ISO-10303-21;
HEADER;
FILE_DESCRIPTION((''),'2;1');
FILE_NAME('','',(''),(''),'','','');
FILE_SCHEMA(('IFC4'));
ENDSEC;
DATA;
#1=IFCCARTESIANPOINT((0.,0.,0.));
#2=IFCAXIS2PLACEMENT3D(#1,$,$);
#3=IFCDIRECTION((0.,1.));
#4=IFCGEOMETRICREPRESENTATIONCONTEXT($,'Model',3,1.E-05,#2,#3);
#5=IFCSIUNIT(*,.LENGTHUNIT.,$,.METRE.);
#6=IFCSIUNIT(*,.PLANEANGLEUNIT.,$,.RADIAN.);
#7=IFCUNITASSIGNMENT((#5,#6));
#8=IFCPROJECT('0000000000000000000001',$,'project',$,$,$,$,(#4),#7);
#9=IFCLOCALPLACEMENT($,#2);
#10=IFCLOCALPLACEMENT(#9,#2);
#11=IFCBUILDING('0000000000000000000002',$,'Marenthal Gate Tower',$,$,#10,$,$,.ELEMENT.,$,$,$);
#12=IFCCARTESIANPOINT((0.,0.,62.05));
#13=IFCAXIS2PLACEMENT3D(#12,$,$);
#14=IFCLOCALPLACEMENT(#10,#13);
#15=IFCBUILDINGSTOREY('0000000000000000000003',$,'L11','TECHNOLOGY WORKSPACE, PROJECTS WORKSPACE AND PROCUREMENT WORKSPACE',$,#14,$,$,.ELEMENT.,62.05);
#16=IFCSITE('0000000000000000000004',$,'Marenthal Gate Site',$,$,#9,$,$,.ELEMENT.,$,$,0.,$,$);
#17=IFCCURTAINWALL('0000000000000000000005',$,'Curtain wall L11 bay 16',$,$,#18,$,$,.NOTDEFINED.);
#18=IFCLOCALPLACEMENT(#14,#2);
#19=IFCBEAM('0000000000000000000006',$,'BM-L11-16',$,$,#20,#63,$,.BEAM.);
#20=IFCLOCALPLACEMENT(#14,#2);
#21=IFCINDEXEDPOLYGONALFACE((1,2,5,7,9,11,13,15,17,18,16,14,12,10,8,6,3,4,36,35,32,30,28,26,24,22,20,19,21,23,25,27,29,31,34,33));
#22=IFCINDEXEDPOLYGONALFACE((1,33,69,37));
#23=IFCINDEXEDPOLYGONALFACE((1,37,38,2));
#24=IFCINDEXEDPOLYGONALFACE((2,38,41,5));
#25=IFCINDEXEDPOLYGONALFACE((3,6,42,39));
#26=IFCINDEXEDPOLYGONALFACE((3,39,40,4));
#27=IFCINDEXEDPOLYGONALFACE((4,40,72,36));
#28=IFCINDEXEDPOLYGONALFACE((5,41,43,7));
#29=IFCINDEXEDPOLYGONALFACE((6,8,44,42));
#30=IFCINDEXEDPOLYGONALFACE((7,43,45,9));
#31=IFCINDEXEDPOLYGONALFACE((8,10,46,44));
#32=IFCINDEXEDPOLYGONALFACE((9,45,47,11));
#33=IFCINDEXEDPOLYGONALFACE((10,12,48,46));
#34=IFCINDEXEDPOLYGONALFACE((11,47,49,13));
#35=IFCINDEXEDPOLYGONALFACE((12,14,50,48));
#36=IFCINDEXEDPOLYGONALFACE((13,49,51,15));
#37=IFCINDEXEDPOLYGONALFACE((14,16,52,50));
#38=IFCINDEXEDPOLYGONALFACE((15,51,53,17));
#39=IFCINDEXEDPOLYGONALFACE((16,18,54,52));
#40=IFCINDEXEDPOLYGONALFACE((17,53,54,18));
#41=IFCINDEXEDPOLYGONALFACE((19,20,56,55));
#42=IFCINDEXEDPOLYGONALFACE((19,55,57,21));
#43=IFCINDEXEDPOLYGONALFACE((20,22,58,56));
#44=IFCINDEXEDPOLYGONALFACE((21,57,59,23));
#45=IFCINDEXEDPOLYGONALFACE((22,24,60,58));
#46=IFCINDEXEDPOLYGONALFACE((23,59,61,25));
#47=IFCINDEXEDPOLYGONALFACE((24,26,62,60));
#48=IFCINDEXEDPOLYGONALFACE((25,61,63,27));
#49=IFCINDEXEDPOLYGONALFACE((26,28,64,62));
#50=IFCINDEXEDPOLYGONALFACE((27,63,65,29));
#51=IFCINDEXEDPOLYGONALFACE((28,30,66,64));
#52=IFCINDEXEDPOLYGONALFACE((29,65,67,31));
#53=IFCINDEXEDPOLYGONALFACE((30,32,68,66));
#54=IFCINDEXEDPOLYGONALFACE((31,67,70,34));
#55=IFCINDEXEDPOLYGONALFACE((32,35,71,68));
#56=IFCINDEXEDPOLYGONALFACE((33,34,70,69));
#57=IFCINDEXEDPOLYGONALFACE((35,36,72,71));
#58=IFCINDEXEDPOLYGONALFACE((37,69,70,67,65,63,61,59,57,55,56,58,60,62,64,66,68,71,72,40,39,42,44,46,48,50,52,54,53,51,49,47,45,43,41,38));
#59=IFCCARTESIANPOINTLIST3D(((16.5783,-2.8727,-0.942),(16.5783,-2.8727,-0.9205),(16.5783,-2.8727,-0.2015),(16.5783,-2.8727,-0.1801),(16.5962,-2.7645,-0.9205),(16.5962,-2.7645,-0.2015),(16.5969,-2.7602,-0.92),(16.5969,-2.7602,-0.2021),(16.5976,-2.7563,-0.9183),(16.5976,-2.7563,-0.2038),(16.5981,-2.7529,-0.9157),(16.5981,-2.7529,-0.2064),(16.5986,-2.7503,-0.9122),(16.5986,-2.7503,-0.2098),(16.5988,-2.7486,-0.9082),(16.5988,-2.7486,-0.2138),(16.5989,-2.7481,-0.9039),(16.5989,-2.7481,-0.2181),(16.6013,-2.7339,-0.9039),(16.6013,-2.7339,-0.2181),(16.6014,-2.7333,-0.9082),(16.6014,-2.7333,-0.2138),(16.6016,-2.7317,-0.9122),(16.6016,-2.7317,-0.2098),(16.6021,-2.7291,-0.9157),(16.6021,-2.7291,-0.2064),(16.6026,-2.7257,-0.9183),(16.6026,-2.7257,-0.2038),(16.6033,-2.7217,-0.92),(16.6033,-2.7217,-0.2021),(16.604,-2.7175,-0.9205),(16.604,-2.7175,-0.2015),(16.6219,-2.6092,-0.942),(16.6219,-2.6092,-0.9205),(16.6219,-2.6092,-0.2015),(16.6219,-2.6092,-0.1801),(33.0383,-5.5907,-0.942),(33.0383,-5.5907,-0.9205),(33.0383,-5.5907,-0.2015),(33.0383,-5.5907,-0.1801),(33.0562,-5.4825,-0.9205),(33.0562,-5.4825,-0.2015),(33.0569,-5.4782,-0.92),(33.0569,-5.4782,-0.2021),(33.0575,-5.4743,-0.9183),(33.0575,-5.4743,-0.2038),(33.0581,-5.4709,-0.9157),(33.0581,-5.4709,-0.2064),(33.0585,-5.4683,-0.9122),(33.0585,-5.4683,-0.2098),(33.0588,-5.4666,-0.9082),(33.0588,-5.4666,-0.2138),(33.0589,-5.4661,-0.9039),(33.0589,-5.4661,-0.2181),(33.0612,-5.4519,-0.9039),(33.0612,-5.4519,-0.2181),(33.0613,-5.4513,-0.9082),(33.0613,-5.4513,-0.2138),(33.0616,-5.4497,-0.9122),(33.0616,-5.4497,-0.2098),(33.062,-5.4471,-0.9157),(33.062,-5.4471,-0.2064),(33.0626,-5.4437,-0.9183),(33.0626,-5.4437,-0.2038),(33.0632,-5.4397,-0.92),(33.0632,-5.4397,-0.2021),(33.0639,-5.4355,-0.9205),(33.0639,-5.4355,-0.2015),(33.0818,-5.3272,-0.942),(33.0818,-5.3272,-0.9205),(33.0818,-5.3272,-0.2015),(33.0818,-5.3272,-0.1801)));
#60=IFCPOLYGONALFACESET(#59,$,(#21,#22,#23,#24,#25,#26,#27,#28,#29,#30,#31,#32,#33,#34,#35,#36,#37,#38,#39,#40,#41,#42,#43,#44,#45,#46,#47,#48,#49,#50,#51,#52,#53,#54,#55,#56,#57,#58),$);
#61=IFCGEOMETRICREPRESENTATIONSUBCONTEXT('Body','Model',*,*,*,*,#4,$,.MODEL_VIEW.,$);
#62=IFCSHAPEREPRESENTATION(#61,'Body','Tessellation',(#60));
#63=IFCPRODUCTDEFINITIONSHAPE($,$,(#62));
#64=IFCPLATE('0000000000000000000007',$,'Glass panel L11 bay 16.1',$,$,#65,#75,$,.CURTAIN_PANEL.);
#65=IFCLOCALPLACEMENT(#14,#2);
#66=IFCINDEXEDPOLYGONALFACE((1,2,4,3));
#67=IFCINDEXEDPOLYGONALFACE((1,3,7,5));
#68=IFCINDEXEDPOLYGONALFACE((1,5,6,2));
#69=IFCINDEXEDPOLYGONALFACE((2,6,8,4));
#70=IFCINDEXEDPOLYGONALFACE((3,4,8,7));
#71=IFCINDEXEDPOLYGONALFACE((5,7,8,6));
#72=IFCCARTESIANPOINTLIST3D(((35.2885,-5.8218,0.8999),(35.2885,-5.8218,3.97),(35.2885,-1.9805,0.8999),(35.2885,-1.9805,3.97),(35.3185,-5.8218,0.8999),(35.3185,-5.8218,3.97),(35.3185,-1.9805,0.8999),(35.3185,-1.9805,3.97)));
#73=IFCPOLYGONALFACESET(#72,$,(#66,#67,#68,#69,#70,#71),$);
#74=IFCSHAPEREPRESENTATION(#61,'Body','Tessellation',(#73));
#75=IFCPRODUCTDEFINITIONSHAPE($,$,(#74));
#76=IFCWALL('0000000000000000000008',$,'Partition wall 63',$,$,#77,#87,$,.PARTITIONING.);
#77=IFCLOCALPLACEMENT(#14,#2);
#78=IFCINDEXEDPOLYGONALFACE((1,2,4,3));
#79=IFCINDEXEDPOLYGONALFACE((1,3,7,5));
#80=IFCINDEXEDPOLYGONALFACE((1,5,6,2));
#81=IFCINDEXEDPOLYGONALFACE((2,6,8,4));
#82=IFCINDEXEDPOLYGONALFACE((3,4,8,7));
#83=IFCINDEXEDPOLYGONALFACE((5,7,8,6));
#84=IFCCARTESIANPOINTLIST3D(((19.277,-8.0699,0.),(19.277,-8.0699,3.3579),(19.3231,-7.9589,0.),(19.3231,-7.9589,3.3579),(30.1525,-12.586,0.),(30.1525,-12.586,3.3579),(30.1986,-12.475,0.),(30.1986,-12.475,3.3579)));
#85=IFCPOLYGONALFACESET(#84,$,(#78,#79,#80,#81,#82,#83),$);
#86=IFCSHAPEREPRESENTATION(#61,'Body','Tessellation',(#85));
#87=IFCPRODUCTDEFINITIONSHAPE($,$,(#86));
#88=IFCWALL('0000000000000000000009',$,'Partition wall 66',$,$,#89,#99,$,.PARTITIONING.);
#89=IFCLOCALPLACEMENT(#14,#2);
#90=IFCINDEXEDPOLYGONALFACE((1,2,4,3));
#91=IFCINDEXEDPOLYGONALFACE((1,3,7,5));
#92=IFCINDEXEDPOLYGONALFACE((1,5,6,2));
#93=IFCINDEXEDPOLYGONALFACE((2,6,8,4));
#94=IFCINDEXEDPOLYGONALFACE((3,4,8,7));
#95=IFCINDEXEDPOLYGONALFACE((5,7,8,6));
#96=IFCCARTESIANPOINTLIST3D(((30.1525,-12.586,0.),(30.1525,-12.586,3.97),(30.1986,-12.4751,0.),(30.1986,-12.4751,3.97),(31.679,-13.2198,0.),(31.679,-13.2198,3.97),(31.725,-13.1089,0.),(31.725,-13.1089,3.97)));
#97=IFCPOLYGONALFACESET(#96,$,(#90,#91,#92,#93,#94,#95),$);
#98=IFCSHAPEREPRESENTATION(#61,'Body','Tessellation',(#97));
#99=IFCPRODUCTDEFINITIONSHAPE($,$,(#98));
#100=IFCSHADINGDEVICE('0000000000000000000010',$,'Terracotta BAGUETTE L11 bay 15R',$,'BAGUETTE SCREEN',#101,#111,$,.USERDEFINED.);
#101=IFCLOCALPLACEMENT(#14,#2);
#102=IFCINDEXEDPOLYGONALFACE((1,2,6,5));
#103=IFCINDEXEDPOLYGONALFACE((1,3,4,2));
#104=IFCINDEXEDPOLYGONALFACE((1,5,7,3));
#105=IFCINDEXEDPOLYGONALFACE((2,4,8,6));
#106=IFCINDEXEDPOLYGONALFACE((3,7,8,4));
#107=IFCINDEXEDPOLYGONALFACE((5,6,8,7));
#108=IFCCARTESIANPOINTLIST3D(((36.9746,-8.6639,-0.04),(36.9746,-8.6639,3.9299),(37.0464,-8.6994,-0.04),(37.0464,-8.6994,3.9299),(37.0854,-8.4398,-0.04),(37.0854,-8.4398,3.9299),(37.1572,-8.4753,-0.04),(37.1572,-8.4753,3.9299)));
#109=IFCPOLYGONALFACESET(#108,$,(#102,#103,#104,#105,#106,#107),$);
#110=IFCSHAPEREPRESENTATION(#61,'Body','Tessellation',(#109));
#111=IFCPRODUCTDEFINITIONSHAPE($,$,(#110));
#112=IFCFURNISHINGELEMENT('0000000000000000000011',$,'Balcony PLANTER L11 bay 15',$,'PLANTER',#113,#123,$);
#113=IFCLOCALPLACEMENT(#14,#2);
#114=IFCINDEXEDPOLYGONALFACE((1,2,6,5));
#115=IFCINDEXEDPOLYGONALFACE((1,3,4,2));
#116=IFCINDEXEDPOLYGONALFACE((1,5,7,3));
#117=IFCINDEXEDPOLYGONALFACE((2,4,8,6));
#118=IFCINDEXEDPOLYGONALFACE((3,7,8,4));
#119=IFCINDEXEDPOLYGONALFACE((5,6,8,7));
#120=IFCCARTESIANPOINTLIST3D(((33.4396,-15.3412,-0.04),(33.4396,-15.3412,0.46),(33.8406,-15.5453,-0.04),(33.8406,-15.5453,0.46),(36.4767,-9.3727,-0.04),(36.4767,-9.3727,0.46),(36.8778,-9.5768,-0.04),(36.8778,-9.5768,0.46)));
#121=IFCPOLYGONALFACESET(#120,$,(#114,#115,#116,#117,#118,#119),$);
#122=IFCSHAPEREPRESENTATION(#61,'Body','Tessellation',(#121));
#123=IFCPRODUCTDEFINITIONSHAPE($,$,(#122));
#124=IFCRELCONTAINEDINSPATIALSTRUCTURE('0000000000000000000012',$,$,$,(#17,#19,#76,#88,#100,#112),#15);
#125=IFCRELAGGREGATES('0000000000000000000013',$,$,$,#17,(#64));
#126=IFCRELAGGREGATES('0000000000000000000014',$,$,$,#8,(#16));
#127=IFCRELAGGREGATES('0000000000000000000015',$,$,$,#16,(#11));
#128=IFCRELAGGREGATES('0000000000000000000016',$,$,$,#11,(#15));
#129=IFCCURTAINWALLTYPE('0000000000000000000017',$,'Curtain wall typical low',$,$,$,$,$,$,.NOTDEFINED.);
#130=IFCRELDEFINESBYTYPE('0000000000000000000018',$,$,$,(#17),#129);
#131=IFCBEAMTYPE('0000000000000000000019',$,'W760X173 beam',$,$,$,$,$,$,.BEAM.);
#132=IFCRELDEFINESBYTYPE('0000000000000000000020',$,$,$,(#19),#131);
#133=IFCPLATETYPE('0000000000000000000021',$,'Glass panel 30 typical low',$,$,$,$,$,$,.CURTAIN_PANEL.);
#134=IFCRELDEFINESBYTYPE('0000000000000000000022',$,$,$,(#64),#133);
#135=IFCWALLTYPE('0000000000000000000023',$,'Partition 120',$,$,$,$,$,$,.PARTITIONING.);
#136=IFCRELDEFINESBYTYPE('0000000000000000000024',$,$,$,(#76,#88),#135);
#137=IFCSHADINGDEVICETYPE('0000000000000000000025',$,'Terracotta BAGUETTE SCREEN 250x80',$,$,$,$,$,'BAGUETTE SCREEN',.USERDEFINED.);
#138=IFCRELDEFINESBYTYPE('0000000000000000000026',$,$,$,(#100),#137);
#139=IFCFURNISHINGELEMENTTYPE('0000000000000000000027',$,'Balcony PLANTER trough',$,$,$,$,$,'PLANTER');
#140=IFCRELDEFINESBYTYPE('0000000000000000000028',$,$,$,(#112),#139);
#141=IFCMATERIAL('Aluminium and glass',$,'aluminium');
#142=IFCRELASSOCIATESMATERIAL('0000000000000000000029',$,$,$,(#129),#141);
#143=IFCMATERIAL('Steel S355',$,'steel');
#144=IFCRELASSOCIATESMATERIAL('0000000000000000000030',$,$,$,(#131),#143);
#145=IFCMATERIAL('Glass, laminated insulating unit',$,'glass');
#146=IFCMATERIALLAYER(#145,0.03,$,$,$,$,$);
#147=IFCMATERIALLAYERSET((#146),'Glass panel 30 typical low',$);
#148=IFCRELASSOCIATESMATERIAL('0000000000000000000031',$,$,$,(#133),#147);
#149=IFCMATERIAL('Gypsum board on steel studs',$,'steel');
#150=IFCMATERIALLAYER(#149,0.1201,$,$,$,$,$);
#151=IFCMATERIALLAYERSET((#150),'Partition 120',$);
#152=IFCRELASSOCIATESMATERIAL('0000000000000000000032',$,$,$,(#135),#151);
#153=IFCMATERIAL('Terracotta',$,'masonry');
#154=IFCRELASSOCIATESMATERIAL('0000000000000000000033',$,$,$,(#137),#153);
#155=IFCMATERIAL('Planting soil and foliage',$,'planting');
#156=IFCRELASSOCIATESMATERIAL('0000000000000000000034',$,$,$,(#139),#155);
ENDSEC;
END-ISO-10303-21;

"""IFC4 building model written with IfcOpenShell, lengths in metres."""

from ifc_helpers import new_model, si_unit, direction, frame, frame_2d, origin, origin_2d, place, context, subcontext, project, spatial, rectangle, i_section, extrude, material, layer, layer_set, material_profile, profile_set, type_object, element, aggregate, save


model = new_model("IFC4")

# Units and contexts
model_context = context("Model", 3, precision=1e-05, world=origin(), true_north=direction((0.0, 1.0)))
body_context = subcontext(model_context, "Body", "Model", "MODEL_VIEW")
ifc_project = project(units=[si_unit("LENGTHUNIT", "METRE"), si_unit("PLANEANGLEUNIT", "RADIAN")], contexts=[model_context])

# Site, building, storey
site_placement = place(None, origin())
site = spatial("IfcSite", under=ifc_project, at=site_placement, Name="Marenthal Gate Site", CompositionType="ELEMENT", RefElevation=0.0)
building_placement = place(site_placement, origin())
building = spatial("IfcBuilding", under=site, at=building_placement, Name="Marenthal Gate Tower", CompositionType="ELEMENT")
storey_placement = place(building_placement, frame((0.0, 0.0, 62.05)))
storey = spatial("IfcBuildingStorey", under=building, at=storey_placement, Name="L11", Description="TECHNOLOGY WORKSPACE, PROJECTS WORKSPACE AND PROCUREMENT WORKSPACE", CompositionType="ELEMENT", Elevation=62.05)

# Curtain wall
ifc_material_1 = material(Name="Aluminium and glass", Category="aluminium")
curtain_wall_type = type_object("IfcCurtainWallType", Name="Curtain wall typical low", PredefinedType="NOTDEFINED", material=ifc_material_1)
curtain_wall_placement = place(storey_placement, origin())
curtain_wall = element("IfcCurtainWall", 1, at=curtain_wall_placement, inside=storey, type_object=curtain_wall_type, Name="Curtain wall L11 bay 16", PredefinedType="NOTDEFINED")

# Beam
ifc_material_2 = material(Name="Steel S355", Category="steel")
ifc_material_profile_1 = material_profile(ifc_material_2, i_section(OverallWidth=0.2671, OverallDepth=0.762, WebThickness=0.0144, FlangeThickness=0.0215, FilletRadius=0.0166, at=origin_2d()), Name="W760X173")
ifc_profile_set_1 = profile_set([ifc_material_profile_1], Name="Steel S355")
beam_type_1 = type_object("IfcBeamType", Name="W760X173 beam", PredefinedType="BEAM", material=ifc_profile_set_1)
beam_1_placement = place(storey_placement, frame((33.0601, -5.459, -0.561), z_axis=(-0.986639, 0.162923, 0.0), x_axis=(-0.162923, -0.986639, 0.0)))
element("IfcBeam", 2, at=beam_1_placement, inside=storey, type_object=beam_type_1, Name="BM-L11-16", PredefinedType="BEAM", context=body_context, shape_type="SweptSolid", body=[
    extrude(i_section(OverallWidth=0.2671, OverallDepth=0.762, WebThickness=0.0144, FlangeThickness=0.0215, FilletRadius=0.0166, at=origin_2d()), origin(), (0.0, 0.0, 1.0), 16.6829),
])

# Plate
ifc_material_3 = material(Name="Glass, laminated insulating unit", Category="glass")
ifc_layer_1 = layer(ifc_material_3, 0.03)
ifc_layer_set_1 = layer_set([ifc_layer_1], Name="Glass panel 30 typical low")
plate_type = type_object("IfcPlateType", Name="Glass panel 30 typical low", PredefinedType="CURTAIN_PANEL", material=ifc_layer_set_1)
plate_placement = place(storey_placement, frame((35.3035, -3.9011, 0.8999), z_axis=(0.0, 0.0, 1.0), x_axis=(0.0, 1.0, 0.0)))
plate = element("IfcPlate", 3, at=plate_placement, type_object=plate_type, Name="Glass panel L11 bay 16.1", PredefinedType="CURTAIN_PANEL", context=body_context, shape_type="SweptSolid", body=[
    extrude(rectangle(XDim=3.8413, YDim=0.03, at=origin_2d()), origin(), (0.0, 0.0, 1.0), 3.0701),
])
aggregate(curtain_wall, [plate])

# Walls
ifc_material_4 = material(Name="Gypsum board on steel studs", Category="steel")
ifc_layer_2 = layer(ifc_material_4, 0.1201)
ifc_layer_set_2 = layer_set([ifc_layer_2], Name="Partition 120")
wall_type = type_object("IfcWallType", Name="Partition 120", PredefinedType="PARTITIONING", material=ifc_layer_set_2)
wall_1_placement = place(storey_placement, frame((19.3, -8.0144, 0.0), z_axis=(0.0, 0.0, 1.0), x_axis=(0.923539, -0.383505, 0.0)))
element("IfcWall", 4, at=wall_1_placement, inside=storey, type_object=wall_type, Name="Partition wall 63", PredefinedType="PARTITIONING", context=body_context, shape_type="SweptSolid", body=[
    extrude(rectangle(XDim=11.7759, YDim=0.1201, at=frame_2d((5.8879, 0.0))), origin(), (0.0, 0.0, 1.0), 3.3579),
])
wall_2_placement = place(storey_placement, frame((30.1755, -12.5305, 0.0), z_axis=(0.0, 0.0, 1.0), x_axis=(0.923548, -0.383482, 0.0)))
element("IfcWall", 5, at=wall_2_placement, inside=storey, type_object=wall_type, Name="Partition wall 66", PredefinedType="PARTITIONING", context=body_context, shape_type="SweptSolid", body=[
    extrude(rectangle(XDim=1.6528, YDim=0.1201, at=frame_2d((0.8264, 0.0))), origin(), (0.0, 0.0, 1.0), 3.97),
])

# Shading device
ifc_material_5 = material(Name="Terracotta", Category="masonry")
ifc_material_profile_2 = material_profile(ifc_material_5, rectangle(XDim=0.25, YDim=0.0801, at=origin_2d()), Name="Terracotta baguette 250x80")
ifc_profile_set_2 = profile_set([ifc_material_profile_2], Name="Terracotta")
shading_device_type = type_object("IfcShadingDeviceType", Name="Terracotta BAGUETTE SCREEN 250x80", ElementType="BAGUETTE SCREEN", PredefinedType="USERDEFINED", material=ifc_profile_set_2)
shading_device_placement = place(storey_placement, frame((37.0659, -8.5696, -0.04), z_axis=(0.0, 0.0, 1.0), x_axis=(0.442993, 0.896525, 0.0)))
element("IfcShadingDevice", 6, at=shading_device_placement, inside=storey, type_object=shading_device_type, Name="Terracotta BAGUETTE L11 bay 15R", ObjectType="BAGUETTE SCREEN", PredefinedType="USERDEFINED", context=body_context, shape_type="SweptSolid", body=[
    extrude(rectangle(XDim=0.25, YDim=0.0801, at=origin_2d()), origin(), (0.0, 0.0, 1.0), 3.97),
])

# Furnishing element
ifc_material_6 = material(Name="Planting soil and foliage", Category="planting")
furnishing_element_type = type_object("IfcFurnishingElementType", Name="Balcony PLANTER trough", ElementType="PLANTER", material=ifc_material_6)
furnishing_placement = place(storey_placement, frame((35.1587, -12.459, -0.04), z_axis=(0.0, 0.0, 1.0), x_axis=(0.453518, 0.891247, 0.0)))
element("IfcFurnishingElement", 7, at=furnishing_placement, inside=storey, type_object=furnishing_element_type, Name="Balcony PLANTER L11 bay 15", ObjectType="PLANTER", context=body_context, shape_type="SweptSolid", body=[
    extrude(rectangle(XDim=6.6968, YDim=0.45, at=origin_2d()), origin(), (0.0, 0.0, 1.0), 0.5),
])

save(model, "model.ifc")
